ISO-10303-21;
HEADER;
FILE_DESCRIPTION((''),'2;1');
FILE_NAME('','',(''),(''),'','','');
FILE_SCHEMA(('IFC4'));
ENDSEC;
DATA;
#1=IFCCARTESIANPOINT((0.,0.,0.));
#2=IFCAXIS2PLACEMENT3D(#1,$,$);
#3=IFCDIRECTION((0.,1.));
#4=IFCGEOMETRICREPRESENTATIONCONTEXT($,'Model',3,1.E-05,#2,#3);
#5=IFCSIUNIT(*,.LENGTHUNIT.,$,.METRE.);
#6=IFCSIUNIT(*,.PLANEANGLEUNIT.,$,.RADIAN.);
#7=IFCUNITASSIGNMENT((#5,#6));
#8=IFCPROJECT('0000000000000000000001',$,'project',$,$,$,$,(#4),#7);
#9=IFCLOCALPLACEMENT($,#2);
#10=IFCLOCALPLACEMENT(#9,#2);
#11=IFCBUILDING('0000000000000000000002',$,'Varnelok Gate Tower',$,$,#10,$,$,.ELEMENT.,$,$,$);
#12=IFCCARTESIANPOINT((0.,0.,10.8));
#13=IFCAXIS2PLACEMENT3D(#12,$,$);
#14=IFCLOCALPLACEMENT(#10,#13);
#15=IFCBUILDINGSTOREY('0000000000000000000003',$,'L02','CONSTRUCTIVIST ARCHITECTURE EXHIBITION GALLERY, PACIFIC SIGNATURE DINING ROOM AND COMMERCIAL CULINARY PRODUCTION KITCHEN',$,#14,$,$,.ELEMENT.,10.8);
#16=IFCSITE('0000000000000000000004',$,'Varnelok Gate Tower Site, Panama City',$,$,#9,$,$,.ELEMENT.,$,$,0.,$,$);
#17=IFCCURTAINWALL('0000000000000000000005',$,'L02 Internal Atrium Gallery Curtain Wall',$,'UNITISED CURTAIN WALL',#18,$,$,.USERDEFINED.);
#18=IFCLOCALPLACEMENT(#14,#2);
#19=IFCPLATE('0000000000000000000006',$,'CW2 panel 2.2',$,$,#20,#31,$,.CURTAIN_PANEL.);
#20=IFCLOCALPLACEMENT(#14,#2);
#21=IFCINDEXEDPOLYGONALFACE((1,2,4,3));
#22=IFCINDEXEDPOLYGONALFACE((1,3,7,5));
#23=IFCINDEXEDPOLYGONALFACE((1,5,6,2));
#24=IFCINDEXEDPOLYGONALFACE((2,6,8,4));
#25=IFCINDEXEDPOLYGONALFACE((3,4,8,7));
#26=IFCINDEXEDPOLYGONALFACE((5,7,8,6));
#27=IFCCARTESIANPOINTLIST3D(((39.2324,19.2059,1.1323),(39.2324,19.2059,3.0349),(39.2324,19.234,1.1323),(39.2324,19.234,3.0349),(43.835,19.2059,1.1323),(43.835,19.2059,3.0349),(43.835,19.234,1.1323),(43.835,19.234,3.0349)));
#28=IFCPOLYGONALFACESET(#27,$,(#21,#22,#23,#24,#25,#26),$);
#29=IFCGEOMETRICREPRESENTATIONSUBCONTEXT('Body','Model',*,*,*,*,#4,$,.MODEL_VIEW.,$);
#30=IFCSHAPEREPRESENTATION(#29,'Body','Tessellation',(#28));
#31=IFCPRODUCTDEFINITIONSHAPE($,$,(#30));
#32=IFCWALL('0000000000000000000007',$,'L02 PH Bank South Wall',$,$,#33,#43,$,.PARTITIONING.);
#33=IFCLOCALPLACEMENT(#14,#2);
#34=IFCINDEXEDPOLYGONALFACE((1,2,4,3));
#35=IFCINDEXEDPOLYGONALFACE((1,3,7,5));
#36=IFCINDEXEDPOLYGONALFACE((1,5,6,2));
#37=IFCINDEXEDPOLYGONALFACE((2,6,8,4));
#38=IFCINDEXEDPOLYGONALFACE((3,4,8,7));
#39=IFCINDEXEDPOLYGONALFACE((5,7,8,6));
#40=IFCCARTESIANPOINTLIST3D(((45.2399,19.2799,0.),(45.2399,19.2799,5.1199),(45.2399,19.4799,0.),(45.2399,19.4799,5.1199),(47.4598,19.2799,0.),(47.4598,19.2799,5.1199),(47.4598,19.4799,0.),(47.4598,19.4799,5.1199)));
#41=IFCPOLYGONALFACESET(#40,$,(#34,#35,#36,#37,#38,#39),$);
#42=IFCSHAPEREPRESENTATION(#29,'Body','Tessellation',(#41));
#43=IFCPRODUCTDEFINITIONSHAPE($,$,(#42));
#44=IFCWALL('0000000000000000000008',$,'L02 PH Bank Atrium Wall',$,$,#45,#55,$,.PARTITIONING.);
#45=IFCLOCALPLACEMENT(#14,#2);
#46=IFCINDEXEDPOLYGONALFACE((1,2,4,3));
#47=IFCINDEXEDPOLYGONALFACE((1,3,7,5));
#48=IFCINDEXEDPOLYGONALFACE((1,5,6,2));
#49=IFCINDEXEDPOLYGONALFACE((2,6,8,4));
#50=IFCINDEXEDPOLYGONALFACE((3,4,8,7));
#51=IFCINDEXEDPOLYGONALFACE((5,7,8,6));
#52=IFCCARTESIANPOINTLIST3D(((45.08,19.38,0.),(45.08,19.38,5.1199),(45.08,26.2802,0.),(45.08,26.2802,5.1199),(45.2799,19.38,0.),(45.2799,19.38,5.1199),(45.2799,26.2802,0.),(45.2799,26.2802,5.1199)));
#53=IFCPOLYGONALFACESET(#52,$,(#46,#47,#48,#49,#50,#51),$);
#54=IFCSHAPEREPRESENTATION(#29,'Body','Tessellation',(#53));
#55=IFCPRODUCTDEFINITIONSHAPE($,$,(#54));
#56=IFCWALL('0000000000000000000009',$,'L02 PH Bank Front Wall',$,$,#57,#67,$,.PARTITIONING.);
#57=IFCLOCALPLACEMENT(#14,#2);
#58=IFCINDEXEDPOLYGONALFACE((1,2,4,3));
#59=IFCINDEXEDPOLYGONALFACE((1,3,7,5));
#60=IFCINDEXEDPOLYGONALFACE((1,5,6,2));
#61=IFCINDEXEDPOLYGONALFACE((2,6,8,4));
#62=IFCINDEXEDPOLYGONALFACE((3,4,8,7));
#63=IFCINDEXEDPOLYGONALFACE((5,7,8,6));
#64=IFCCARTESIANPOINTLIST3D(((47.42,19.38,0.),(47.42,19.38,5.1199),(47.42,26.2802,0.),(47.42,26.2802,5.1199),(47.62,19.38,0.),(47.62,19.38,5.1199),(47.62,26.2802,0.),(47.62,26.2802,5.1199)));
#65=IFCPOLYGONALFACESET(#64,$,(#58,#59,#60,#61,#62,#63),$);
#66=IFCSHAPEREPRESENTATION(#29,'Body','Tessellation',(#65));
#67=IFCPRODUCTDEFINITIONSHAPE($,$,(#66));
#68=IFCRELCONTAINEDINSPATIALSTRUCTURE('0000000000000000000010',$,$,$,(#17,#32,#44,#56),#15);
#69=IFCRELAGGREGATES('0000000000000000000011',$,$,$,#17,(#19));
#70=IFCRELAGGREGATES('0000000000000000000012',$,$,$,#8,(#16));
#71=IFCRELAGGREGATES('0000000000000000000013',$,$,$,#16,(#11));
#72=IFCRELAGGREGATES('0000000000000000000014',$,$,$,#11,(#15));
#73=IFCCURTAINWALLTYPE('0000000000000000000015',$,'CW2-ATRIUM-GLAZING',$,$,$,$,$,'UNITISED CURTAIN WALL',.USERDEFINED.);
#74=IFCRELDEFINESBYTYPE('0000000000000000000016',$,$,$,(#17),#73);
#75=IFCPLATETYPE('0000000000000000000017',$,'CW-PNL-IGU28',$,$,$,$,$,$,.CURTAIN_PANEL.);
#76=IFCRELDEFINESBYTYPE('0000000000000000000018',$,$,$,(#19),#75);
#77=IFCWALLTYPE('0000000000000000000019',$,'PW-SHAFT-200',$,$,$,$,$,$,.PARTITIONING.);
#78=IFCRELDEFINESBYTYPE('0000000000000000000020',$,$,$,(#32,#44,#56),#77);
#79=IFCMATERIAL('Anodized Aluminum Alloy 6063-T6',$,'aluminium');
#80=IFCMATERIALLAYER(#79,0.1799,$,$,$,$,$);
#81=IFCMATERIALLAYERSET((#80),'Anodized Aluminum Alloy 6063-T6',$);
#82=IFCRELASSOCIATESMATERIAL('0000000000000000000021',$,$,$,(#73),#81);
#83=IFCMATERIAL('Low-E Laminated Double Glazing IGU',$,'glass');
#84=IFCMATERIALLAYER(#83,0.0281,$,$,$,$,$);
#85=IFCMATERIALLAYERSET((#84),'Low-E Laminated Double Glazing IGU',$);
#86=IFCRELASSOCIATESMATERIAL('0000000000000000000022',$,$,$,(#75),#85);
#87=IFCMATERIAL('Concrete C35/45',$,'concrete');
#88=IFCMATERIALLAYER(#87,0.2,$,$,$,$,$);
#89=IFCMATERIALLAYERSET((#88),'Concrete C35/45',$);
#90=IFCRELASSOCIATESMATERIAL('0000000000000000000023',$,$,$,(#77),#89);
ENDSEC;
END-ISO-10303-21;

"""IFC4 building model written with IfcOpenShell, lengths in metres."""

from ifc_helpers import new_model, si_unit, direction, frame, frame_2d, origin, origin_2d, place, context, subcontext, project, spatial, rectangle, extrude, source, transform, mapped, material, layer, layer_set, type_object, element, aggregate, save


model = new_model("IFC4")

# Units and contexts
model_context = context("Model", 3, precision=1e-05, world=origin(), true_north=direction((0.0, 1.0)))
body_context = subcontext(model_context, "Body", "Model", "MODEL_VIEW")
ifc_project = project(units=[si_unit("LENGTHUNIT", "METRE"), si_unit("PLANEANGLEUNIT", "RADIAN")], contexts=[model_context])

# Site, building, storey
site_placement = place(None, origin())
site = spatial("IfcSite", under=ifc_project, at=site_placement, Name="Varnelok Gate Tower Site, Panama City", CompositionType="ELEMENT", RefElevation=0.0)
building_placement = place(site_placement, origin())
building = spatial("IfcBuilding", under=site, at=building_placement, Name="Varnelok Gate Tower", CompositionType="ELEMENT")
storey_placement = place(building_placement, frame((0.0, 0.0, 10.8)))
storey = spatial("IfcBuildingStorey", under=building, at=storey_placement, Name="L02", Description="CONSTRUCTIVIST ARCHITECTURE EXHIBITION GALLERY, PACIFIC SIGNATURE DINING ROOM AND COMMERCIAL CULINARY PRODUCTION KITCHEN", CompositionType="ELEMENT", Elevation=10.8)

# Curtain wall
ifc_material_1 = material(Name="Anodized Aluminum Alloy 6063-T6", Category="aluminium")
ifc_layer_1 = layer(ifc_material_1, 0.1799)
ifc_layer_set_1 = layer_set([ifc_layer_1], Name="Anodized Aluminum Alloy 6063-T6")
curtain_wall_type = type_object("IfcCurtainWallType", Name="CW2-ATRIUM-GLAZING", ElementType="UNITISED CURTAIN WALL", PredefinedType="USERDEFINED", material=ifc_layer_set_1)
curtain_wall_placement = place(storey_placement, origin())
curtain_wall = element("IfcCurtainWall", 1, at=curtain_wall_placement, inside=storey, type_object=curtain_wall_type, Name="L02 Internal Atrium Gallery Curtain Wall", ObjectType="UNITISED CURTAIN WALL", PredefinedType="USERDEFINED")

# Plate
ifc_material_2 = material(Name="Low-E Laminated Double Glazing IGU", Category="glass")
ifc_layer_2 = layer(ifc_material_2, 0.0281)
ifc_layer_set_2 = layer_set([ifc_layer_2], Name="Low-E Laminated Double Glazing IGU")
plate_type_1 = type_object("IfcPlateType", Name="CW-PNL-IGU28", PredefinedType="CURTAIN_PANEL", material=ifc_layer_set_2)
shared_shape_1 = source(origin(), body_context, "Body", "SweptSolid", [
    extrude(rectangle(XDim=4.6025, YDim=0.0281, at=origin_2d()), origin(), (0.0, 0.0, 1.0), 1.9026),
])
plate_1_placement = place(storey_placement, frame((41.5337, 19.22, 1.1323), z_axis=(0.0, 0.0, 1.0), x_axis=(1.0, 0.0, 0.0)))
plate_1 = element("IfcPlate", 2, at=plate_1_placement, type_object=plate_type_1, Name="CW2 panel 2.2", PredefinedType="CURTAIN_PANEL", context=body_context, shape_type="MappedRepresentation", body=[
    mapped(shared_shape_1, transform((0.0, 0.0, 0.0), scale=1.0)),
])
aggregate(curtain_wall, [plate_1])

# Walls
ifc_material_3 = material(Name="Concrete C35/45", Category="concrete")
ifc_layer_3 = layer(ifc_material_3, 0.2)
ifc_layer_set_3 = layer_set([ifc_layer_3], Name="Concrete C35/45")
wall_type = type_object("IfcWallType", Name="PW-SHAFT-200", PredefinedType="PARTITIONING", material=ifc_layer_set_3)
wall_placement = place(storey_placement, frame((45.24, 19.3799, 0.0), z_axis=(0.0, 0.0, 1.0), x_axis=(1.0, 0.0, 0.0)))
element("IfcWall", 3, at=wall_placement, inside=storey, type_object=wall_type, Name="L02 PH Bank South Wall", PredefinedType="PARTITIONING", context=body_context, shape_type="SweptSolid", body=[
    extrude(rectangle(XDim=2.22, YDim=0.2, at=frame_2d((1.1099, 0.0))), origin(), (0.0, 0.0, 1.0), 5.1199),
])
for number, where, z_axis, x_axis, name in (
    (4, (45.1799, 19.3799, 0.0), (0.0, 0.0, 1.0), (0.0, 1.0, 0.0), "L02 PH Bank Atrium Wall"),
    (5, (47.52, 19.3799, 0.0), (0.0, 0.0, 1.0), (0.0, 1.0, 0.0), "L02 PH Bank Front Wall"),
):
    element("IfcWall", number, at=place(storey_placement, frame(where, z_axis=z_axis, x_axis=x_axis)), inside=storey, type_object=wall_type, Name=name, PredefinedType="PARTITIONING", context=body_context, shape_type="SweptSolid", body=[
        extrude(rectangle(XDim=6.9001, YDim=0.2, at=frame_2d((3.4502, 0.0))), origin(), (0.0, 0.0, 1.0), 5.1199),
    ])

save(model, "model.ifc")
